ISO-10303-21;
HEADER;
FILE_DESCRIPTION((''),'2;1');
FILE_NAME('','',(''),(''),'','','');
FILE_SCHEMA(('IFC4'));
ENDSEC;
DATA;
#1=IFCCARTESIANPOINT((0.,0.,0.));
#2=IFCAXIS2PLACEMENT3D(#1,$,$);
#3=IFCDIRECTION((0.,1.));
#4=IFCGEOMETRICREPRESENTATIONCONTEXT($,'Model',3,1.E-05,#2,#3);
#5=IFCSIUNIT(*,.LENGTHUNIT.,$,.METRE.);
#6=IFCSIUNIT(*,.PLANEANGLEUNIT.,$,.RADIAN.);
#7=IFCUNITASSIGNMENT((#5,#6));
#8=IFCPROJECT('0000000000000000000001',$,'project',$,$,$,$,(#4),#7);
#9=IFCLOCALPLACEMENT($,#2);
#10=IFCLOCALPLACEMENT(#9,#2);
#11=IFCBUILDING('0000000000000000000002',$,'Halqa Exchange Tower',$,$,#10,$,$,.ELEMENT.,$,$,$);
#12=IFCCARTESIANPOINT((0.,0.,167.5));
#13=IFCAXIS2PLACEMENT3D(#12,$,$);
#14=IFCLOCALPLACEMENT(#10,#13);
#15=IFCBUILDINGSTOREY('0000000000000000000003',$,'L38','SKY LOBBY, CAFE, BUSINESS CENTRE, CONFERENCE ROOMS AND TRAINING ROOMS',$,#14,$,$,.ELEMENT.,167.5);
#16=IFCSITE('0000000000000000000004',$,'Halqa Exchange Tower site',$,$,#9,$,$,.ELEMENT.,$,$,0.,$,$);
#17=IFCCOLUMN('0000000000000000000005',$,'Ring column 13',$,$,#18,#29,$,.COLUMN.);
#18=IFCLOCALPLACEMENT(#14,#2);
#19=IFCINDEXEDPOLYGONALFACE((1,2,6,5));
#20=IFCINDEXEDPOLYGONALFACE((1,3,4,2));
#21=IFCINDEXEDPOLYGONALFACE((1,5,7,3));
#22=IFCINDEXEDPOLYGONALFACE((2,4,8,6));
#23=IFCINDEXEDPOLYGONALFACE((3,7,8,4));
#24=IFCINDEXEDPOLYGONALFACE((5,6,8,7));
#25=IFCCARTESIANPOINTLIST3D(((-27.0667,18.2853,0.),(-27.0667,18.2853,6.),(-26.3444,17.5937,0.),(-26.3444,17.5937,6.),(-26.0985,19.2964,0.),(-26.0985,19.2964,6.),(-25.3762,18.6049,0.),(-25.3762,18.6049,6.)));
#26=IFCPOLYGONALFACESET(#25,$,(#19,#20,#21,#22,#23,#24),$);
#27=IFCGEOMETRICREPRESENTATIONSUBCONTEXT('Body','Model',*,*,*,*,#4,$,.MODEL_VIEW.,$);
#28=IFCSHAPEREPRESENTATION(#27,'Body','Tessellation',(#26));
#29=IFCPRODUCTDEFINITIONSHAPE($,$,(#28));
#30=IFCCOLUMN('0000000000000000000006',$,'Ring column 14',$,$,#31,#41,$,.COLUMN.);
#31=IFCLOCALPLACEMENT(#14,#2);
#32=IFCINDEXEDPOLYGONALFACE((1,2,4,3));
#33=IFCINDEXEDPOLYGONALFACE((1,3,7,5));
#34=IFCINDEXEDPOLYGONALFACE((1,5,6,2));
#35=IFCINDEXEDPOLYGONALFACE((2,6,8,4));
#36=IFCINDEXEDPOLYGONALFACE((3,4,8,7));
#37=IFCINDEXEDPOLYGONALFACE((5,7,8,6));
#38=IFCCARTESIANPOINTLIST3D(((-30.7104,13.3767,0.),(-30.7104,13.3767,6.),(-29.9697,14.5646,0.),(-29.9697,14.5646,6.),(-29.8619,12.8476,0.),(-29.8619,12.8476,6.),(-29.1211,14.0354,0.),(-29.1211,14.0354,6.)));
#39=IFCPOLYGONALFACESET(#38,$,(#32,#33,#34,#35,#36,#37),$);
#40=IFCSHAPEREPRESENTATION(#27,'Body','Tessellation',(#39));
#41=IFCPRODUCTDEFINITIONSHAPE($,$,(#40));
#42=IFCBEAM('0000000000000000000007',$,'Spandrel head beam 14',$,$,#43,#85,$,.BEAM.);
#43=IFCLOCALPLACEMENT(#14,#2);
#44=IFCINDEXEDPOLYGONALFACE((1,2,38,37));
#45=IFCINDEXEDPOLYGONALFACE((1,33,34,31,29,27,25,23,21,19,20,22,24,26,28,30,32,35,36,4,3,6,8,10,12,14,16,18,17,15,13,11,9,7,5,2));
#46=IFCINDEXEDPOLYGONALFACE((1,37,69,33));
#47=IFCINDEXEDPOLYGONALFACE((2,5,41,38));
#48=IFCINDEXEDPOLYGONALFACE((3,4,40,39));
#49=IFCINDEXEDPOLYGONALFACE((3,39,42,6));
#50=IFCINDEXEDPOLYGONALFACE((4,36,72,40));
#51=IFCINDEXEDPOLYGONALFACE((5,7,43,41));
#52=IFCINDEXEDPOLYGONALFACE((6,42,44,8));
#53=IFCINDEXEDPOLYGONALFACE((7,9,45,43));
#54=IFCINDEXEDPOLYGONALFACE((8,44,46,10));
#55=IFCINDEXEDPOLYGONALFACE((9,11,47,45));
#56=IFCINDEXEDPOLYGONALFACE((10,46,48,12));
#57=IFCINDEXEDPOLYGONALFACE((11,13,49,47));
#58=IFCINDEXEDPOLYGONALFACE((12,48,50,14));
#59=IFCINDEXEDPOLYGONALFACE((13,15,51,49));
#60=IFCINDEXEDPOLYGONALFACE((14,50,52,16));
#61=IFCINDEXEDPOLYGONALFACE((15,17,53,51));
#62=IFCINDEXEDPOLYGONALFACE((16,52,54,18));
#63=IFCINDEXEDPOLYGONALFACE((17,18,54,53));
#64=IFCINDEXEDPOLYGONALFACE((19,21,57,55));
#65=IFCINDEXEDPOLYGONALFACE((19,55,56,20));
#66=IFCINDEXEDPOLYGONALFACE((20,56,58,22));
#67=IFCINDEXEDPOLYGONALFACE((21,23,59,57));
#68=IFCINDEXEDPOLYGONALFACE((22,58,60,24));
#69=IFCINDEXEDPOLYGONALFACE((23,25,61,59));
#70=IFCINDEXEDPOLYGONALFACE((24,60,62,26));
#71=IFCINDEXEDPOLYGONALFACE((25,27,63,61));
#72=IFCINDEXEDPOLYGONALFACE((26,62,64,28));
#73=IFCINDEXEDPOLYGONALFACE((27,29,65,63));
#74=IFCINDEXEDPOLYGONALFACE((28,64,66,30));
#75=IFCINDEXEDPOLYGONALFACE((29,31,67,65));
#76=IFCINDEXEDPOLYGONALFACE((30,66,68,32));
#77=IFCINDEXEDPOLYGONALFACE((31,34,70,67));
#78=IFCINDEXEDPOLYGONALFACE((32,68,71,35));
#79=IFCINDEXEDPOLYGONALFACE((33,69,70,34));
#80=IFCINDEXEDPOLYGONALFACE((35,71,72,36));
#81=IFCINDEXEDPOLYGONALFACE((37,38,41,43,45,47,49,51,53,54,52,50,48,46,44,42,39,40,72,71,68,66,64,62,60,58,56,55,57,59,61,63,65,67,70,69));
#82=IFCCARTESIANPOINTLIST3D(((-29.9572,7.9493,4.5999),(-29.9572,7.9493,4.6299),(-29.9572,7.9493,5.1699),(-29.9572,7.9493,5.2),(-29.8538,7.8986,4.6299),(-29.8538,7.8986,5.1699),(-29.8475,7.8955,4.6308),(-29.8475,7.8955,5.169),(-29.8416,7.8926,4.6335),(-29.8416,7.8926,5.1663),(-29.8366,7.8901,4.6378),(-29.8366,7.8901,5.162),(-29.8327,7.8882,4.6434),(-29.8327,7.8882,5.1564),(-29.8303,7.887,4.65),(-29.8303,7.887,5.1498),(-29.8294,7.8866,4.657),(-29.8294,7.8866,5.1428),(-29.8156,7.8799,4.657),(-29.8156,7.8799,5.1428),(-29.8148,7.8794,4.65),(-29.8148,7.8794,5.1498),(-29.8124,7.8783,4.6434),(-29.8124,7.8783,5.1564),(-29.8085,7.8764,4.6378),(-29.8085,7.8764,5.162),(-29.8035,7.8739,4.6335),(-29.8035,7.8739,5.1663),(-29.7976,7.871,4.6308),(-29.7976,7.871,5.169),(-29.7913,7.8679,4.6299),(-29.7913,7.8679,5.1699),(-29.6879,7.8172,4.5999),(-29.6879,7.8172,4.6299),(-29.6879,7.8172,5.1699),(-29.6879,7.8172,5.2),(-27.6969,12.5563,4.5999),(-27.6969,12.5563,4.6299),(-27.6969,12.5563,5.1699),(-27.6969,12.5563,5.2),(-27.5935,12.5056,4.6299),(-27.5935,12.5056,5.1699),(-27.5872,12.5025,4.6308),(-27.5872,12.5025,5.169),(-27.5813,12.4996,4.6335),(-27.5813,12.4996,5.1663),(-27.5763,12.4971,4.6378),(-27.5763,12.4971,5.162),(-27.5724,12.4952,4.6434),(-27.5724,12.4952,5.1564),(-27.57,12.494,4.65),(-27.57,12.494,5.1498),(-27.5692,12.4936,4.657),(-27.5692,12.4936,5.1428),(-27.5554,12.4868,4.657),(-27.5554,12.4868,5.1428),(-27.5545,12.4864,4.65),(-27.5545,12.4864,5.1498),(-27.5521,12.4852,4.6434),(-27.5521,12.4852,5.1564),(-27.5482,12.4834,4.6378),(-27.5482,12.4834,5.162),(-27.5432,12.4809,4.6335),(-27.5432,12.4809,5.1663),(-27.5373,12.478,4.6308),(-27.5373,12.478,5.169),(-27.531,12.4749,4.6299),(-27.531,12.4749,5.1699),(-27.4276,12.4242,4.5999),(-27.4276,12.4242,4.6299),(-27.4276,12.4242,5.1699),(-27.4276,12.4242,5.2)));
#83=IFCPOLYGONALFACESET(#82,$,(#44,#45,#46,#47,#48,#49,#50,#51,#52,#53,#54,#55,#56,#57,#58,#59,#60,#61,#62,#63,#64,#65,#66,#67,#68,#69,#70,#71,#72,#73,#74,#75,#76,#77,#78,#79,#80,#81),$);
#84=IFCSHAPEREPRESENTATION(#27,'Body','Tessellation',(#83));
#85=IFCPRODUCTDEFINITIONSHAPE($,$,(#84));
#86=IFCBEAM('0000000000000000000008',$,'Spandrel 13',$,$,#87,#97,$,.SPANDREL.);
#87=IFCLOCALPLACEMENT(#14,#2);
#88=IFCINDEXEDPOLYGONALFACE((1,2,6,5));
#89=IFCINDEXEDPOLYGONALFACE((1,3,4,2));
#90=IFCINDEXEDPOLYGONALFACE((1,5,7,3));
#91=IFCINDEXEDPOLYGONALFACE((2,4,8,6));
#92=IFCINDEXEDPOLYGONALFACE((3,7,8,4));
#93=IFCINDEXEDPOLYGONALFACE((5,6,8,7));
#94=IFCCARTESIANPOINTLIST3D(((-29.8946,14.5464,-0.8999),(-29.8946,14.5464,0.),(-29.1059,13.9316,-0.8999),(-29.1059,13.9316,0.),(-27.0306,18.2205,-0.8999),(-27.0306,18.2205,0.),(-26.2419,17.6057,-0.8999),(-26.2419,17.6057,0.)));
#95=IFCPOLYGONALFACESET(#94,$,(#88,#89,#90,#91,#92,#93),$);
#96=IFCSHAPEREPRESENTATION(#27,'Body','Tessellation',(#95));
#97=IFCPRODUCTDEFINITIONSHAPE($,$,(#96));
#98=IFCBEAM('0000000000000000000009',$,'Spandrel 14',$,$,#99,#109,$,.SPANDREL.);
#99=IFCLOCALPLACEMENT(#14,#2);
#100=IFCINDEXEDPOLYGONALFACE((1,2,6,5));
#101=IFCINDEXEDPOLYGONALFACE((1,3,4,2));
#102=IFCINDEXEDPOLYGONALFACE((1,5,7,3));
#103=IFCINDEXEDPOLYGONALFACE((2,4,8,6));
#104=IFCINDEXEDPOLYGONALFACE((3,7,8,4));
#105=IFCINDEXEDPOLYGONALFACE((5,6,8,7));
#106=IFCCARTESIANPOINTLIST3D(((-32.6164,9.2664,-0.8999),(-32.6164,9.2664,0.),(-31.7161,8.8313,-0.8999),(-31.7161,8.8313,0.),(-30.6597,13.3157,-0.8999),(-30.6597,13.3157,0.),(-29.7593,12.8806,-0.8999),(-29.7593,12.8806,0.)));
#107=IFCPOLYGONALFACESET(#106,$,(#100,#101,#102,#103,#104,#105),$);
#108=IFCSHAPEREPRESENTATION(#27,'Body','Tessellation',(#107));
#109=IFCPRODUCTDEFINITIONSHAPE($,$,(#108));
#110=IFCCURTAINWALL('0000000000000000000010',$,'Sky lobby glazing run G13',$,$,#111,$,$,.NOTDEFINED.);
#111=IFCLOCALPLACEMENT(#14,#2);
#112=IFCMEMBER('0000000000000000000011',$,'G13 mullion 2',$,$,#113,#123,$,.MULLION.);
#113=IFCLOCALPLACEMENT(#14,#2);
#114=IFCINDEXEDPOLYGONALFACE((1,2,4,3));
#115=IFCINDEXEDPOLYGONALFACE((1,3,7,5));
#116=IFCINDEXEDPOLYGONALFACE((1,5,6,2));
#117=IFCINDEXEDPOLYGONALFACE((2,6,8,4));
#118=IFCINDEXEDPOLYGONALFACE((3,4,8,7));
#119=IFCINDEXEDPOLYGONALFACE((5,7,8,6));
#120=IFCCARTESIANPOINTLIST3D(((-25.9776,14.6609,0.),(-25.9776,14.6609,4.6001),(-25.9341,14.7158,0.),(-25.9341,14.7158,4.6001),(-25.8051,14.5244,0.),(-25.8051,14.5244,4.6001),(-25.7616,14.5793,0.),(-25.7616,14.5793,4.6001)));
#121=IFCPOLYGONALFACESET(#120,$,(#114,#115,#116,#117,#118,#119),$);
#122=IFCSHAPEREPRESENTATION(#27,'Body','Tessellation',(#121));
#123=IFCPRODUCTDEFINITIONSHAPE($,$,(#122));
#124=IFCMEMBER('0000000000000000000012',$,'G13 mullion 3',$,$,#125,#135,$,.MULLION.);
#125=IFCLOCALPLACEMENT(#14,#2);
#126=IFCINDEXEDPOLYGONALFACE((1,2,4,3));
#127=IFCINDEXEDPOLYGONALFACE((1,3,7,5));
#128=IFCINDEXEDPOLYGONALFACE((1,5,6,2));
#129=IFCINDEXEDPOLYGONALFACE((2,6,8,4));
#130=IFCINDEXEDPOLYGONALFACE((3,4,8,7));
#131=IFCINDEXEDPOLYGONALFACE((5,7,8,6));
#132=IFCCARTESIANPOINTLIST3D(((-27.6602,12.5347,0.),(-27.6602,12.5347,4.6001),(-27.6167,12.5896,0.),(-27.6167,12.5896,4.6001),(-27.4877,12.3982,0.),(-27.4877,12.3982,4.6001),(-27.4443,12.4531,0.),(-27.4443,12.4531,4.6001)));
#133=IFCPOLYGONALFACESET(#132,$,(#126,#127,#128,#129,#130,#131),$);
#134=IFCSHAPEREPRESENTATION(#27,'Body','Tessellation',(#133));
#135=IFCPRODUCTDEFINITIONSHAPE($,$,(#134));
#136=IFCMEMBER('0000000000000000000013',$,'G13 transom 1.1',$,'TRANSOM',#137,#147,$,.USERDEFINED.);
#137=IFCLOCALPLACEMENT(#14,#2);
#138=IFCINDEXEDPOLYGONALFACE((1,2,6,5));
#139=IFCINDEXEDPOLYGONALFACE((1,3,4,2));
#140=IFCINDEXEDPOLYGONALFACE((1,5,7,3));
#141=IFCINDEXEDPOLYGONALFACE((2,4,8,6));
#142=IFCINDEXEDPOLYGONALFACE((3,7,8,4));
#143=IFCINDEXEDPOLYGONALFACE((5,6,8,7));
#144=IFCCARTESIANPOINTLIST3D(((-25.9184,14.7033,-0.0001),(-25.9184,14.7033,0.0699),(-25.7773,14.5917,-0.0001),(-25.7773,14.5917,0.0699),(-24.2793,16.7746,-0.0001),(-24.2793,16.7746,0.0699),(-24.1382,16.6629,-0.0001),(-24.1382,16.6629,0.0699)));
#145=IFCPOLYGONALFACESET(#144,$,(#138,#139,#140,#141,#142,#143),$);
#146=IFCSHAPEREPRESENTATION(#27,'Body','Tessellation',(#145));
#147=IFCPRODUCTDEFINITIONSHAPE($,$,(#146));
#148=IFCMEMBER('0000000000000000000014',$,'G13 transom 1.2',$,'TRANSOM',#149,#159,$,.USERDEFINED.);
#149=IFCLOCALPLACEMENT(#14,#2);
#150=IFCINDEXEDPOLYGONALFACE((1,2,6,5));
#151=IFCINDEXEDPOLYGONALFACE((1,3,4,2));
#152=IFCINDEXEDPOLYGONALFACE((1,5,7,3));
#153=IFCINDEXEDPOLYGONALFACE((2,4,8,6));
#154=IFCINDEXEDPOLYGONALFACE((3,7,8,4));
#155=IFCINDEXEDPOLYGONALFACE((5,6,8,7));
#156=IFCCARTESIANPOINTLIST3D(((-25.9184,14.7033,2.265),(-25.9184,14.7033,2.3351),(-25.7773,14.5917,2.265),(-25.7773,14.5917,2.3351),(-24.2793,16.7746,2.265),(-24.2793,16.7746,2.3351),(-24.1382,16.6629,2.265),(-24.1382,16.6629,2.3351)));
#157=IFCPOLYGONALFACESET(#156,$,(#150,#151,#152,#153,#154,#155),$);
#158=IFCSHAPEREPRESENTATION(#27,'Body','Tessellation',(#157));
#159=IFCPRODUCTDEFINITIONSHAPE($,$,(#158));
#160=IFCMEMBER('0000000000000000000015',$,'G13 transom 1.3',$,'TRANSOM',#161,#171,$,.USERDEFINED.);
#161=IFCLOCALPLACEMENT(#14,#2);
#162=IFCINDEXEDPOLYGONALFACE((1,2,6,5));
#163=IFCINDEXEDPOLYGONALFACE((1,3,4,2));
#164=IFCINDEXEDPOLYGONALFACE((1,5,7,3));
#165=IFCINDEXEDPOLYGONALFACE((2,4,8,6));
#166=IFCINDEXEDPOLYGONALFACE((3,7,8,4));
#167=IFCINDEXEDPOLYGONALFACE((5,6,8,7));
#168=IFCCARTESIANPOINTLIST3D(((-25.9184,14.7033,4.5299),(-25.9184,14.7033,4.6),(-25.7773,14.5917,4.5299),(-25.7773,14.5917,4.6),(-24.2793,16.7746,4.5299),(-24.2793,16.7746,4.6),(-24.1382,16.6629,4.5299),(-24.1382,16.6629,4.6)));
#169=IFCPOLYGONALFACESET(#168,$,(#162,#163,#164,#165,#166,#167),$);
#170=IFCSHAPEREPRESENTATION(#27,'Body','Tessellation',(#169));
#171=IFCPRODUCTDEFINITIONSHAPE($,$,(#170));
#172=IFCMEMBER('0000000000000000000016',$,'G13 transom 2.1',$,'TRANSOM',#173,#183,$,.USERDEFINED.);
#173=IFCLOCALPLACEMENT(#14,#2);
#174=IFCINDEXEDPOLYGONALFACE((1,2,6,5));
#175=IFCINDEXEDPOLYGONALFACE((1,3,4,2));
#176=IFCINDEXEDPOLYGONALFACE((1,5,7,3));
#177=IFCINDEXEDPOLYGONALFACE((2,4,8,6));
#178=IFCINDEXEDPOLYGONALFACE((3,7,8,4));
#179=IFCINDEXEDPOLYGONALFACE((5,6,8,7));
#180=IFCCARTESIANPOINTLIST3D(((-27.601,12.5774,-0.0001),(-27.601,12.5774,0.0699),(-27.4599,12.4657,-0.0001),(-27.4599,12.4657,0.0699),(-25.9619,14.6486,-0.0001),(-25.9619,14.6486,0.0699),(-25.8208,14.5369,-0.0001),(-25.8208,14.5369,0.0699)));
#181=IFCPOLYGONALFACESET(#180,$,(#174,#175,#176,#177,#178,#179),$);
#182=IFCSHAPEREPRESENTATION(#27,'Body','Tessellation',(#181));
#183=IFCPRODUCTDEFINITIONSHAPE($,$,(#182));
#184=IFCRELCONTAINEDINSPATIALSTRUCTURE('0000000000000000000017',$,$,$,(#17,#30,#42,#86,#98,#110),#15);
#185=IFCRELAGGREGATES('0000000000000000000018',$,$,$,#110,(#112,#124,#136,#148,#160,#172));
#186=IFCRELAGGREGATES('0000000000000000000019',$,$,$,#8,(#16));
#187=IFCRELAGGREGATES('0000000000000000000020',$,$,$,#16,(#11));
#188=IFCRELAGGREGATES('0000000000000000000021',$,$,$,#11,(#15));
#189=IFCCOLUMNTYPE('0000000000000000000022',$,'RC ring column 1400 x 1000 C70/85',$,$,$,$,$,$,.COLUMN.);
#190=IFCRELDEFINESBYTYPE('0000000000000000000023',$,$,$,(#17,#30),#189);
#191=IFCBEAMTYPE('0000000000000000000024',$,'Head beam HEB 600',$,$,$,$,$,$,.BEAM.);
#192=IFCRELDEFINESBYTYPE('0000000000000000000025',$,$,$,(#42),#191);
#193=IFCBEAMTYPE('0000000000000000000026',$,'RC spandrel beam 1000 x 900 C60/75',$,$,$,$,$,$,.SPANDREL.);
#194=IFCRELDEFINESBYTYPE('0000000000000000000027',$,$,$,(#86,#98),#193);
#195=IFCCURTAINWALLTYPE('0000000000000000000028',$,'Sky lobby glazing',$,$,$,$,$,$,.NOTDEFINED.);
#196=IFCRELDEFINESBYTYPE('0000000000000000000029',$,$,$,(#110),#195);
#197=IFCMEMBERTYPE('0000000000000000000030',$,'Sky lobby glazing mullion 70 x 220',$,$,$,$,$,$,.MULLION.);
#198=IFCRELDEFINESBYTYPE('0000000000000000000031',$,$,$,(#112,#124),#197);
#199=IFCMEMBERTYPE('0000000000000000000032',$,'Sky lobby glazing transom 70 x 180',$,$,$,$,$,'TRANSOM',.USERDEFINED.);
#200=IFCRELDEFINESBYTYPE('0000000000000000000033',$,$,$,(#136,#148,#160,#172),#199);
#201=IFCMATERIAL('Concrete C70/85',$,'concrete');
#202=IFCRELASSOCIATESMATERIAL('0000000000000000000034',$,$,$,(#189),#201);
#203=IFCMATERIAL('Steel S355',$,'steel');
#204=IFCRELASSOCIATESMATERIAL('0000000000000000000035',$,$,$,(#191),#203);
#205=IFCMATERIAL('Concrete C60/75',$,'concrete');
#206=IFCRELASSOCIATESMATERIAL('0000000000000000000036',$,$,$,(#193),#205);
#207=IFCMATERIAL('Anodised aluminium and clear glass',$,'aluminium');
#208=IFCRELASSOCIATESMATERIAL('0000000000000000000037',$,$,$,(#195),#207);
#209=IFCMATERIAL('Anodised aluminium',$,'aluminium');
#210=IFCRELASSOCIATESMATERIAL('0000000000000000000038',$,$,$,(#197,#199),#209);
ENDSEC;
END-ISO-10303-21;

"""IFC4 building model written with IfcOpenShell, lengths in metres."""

from ifc_helpers import new_model, si_unit, direction, frame, origin, origin_2d, place, context, subcontext, project, spatial, rectangle, i_section, extrude, material, material_profile, profile_set, type_object, element, aggregate, save


model = new_model("IFC4")

# Units and contexts
model_context = context("Model", 3, precision=1e-05, world=origin(), true_north=direction((0.0, 1.0)))
body_context = subcontext(model_context, "Body", "Model", "MODEL_VIEW")
ifc_project = project(units=[si_unit("LENGTHUNIT", "METRE"), si_unit("PLANEANGLEUNIT", "RADIAN")], contexts=[model_context])

# Site, building, storey
site_placement = place(None, origin())
site = spatial("IfcSite", under=ifc_project, at=site_placement, Name="Halqa Exchange Tower site", CompositionType="ELEMENT", RefElevation=0.0)
building_placement = place(site_placement, origin())
building = spatial("IfcBuilding", under=site, at=building_placement, Name="Halqa Exchange Tower", CompositionType="ELEMENT")
storey_placement = place(building_placement, frame((0.0, 0.0, 167.5)))
storey = spatial("IfcBuildingStorey", under=building, at=storey_placement, Name="L38", Description="SKY LOBBY, CAFE, BUSINESS CENTRE, CONFERENCE ROOMS AND TRAINING ROOMS", CompositionType="ELEMENT", Elevation=167.5)

# Columns
ifc_material_1 = material(Name="Concrete C70/85", Category="concrete")
ifc_material_profile_1 = material_profile(ifc_material_1, rectangle(XDim=1.3999, YDim=1.0, at=origin_2d()), Name="1400 x 1000")
ifc_profile_set_1 = profile_set([ifc_material_profile_1], Name="Concrete C70/85")
column_type = type_object("IfcColumnType", Name="RC ring column 1400 x 1000 C70/85", PredefinedType="COLUMN", material=ifc_profile_set_1)
for number, where, z_axis, x_axis, name in (
    (1, (-26.2214, 18.4451, 0.0), (0.0, 0.0, 1.0), (-0.691579, -0.722301, 0.0), "Ring column 13"),
    (2, (-29.9158, 13.7061, 0.0), (0.0, 0.0, 1.0), (-0.529143, -0.848532, 0.0), "Ring column 14"),
):
    element("IfcColumn", number, at=place(storey_placement, frame(where, z_axis=z_axis, x_axis=x_axis)), inside=storey, type_object=column_type, Name=name, PredefinedType="COLUMN", context=body_context, shape_type="SweptSolid", body=[
        extrude(rectangle(XDim=1.3999, YDim=1.0, at=origin_2d()), origin(), (0.0, 0.0, 1.0), 6.0),
    ])

# Beams
ifc_material_2 = material(Name="Steel S355", Category="steel")
ifc_material_profile_2 = material_profile(ifc_material_2, i_section(OverallWidth=0.3, OverallDepth=0.6001, WebThickness=0.0154, FlangeThickness=0.03, FilletRadius=0.0271, at=origin_2d()), Name="HEB 600")
ifc_profile_set_2 = profile_set([ifc_material_profile_2], Name="Steel S355")
beam_type_1 = type_object("IfcBeamType", Name="Head beam HEB 600", PredefinedType="BEAM", material=ifc_profile_set_2)
beam_1_placement = place(storey_placement, frame((-27.5623, 12.4902, 4.8999), z_axis=(-0.440464, -0.89777, 0.0), x_axis=(0.89777, -0.440464, 0.0)))
element("IfcBeam", 3, at=beam_1_placement, inside=storey, type_object=beam_type_1, Name="Spandrel head beam 14", PredefinedType="BEAM", context=body_context, shape_type="SweptSolid", body=[
    extrude(i_section(OverallWidth=0.3, OverallDepth=0.6001, WebThickness=0.0154, FlangeThickness=0.03, FilletRadius=0.0271, at=origin_2d()), origin(), (0.0, 0.0, 1.0), 5.1316),
])
ifc_material_3 = material(Name="Concrete C60/75", Category="concrete")
ifc_material_profile_3 = material_profile(ifc_material_3, rectangle(XDim=1.0, YDim=0.8999, at=origin_2d()), Name="1000 x 900")
ifc_profile_set_3 = profile_set([ifc_material_profile_3], Name="Concrete C60/75")
beam_type_2 = type_object("IfcBeamType", Name="RC spandrel beam 1000 x 900 C60/75", PredefinedType="SPANDREL", material=ifc_profile_set_3)
beam_2_placement = place(storey_placement, frame((-26.6362, 17.9131, -0.45), z_axis=(-0.614797, -0.788686, 0.0), x_axis=(0.788686, -0.614797, 0.0)))
element("IfcBeam", 4, at=beam_2_placement, inside=storey, type_object=beam_type_2, Name="Spandrel 13", PredefinedType="SPANDREL", context=body_context, shape_type="SweptSolid", body=[
    extrude(rectangle(XDim=1.0, YDim=0.8999, at=origin_2d()), origin(), (0.0, 0.0, 1.0), 4.6584),
])
beam_3_placement = place(storey_placement, frame((-30.2095, 13.0981, -0.45), z_axis=(-0.4351, -0.900382, 0.0), x_axis=(0.900382, -0.4351, 0.0)))
element("IfcBeam", 5, at=beam_3_placement, inside=storey, type_object=beam_type_2, Name="Spandrel 14", PredefinedType="SPANDREL", context=body_context, shape_type="SweptSolid", body=[
    extrude(rectangle(XDim=1.0, YDim=0.8999, at=origin_2d()), origin(), (0.0, 0.0, 1.0), 4.4973),
])

# Curtain wall, members
ifc_material_4 = material(Name="Anodised aluminium and clear glass", Category="aluminium")
curtain_wall_type = type_object("IfcCurtainWallType", Name="Sky lobby glazing", PredefinedType="NOTDEFINED", material=ifc_material_4)
curtain_wall_placement = place(storey_placement, origin())
curtain_wall = element("IfcCurtainWall", 6, at=curtain_wall_placement, inside=storey, type_object=curtain_wall_type, Name="Sky lobby glazing run G13", PredefinedType="NOTDEFINED")
ifc_material_5 = material(Name="Anodised aluminium", Category="aluminium")
ifc_material_profile_4 = material_profile(ifc_material_5, rectangle(XDim=0.22, YDim=0.0701, at=origin_2d()), Name="AL 70x220")
ifc_profile_set_4 = profile_set([ifc_material_profile_4], Name="Anodised aluminium")
member_type_1 = type_object("IfcMemberType", Name="Sky lobby glazing mullion 70 x 220", PredefinedType="MULLION", material=ifc_profile_set_4)
member_1_placement = place(storey_placement, frame((-25.8696, 14.6201, 0.0), z_axis=(0.0, 0.0, 1.0), x_axis=(0.78414, -0.620584, 0.0)))
member_1 = element("IfcMember", 7, at=member_1_placement, type_object=member_type_1, Name="G13 mullion 2", PredefinedType="MULLION", context=body_context, shape_type="SweptSolid", body=[
    extrude(rectangle(XDim=0.22, YDim=0.0701, at=origin_2d()), origin(), (0.0, 0.0, 1.0), 4.6001),
])
member_2_placement = place(storey_placement, frame((-27.5522, 12.4939, 0.0), z_axis=(0.0, 0.0, 1.0), x_axis=(0.78414, -0.620584, 0.0)))
member_2 = element("IfcMember", 8, at=member_2_placement, type_object=member_type_1, Name="G13 mullion 3", PredefinedType="MULLION", context=body_context, shape_type="SweptSolid", body=[
    extrude(rectangle(XDim=0.22, YDim=0.0701, at=origin_2d()), origin(), (0.0, 0.0, 1.0), 4.6001),
])
ifc_material_profile_5 = material_profile(ifc_material_5, rectangle(XDim=0.1799, YDim=0.0701, at=origin_2d()), Name="AL 70x180")
ifc_profile_set_5 = profile_set([ifc_material_profile_5], Name="Anodised aluminium")
member_type_2 = type_object("IfcMemberType", Name="Sky lobby glazing transom 70 x 180", ElementType="TRANSOM", PredefinedType="USERDEFINED", material=ifc_profile_set_5)
member_3_placement = place(storey_placement, frame((-24.2087, 16.7188, 0.0349), z_axis=(-0.620561, -0.784158, 0.0), x_axis=(0.784158, -0.620561, 0.0)))
member_3 = element("IfcMember", 9, at=member_3_placement, type_object=member_type_2, Name="G13 transom 1.1", ObjectType="TRANSOM", PredefinedType="USERDEFINED", context=body_context, shape_type="SweptSolid", body=[
    extrude(rectangle(XDim=0.1799, YDim=0.0701, at=origin_2d()), origin(), (0.0, 0.0, 1.0), 2.6414),
])
member_4_placement = place(storey_placement, frame((-24.2087, 16.7188, 2.3), z_axis=(-0.620561, -0.784158, 0.0), x_axis=(0.784158, -0.620561, 0.0)))
member_4 = element("IfcMember", 10, at=member_4_placement, type_object=member_type_2, Name="G13 transom 1.2", ObjectType="TRANSOM", PredefinedType="USERDEFINED", context=body_context, shape_type="SweptSolid", body=[
    extrude(rectangle(XDim=0.1799, YDim=0.0701, at=origin_2d()), origin(), (0.0, 0.0, 1.0), 2.6414),
])
member_5_placement = place(storey_placement, frame((-24.2087, 16.7188, 4.5649), z_axis=(-0.620561, -0.784158, 0.0), x_axis=(0.784158, -0.620561, 0.0)))
member_5 = element("IfcMember", 11, at=member_5_placement, type_object=member_type_2, Name="G13 transom 1.3", ObjectType="TRANSOM", PredefinedType="USERDEFINED", context=body_context, shape_type="SweptSolid", body=[
    extrude(rectangle(XDim=0.1799, YDim=0.0701, at=origin_2d()), origin(), (0.0, 0.0, 1.0), 2.6414),
])
member_6_placement = place(storey_placement, frame((-25.8914, 14.5928, 0.0349), z_axis=(-0.620561, -0.784158, 0.0), x_axis=(0.784158, -0.620561, 0.0)))
member_6 = element("IfcMember", 12, at=member_6_placement, type_object=member_type_2, Name="G13 transom 2.1", ObjectType="TRANSOM", PredefinedType="USERDEFINED", context=body_context, shape_type="SweptSolid", body=[
    extrude(rectangle(XDim=0.1799, YDim=0.0701, at=origin_2d()), origin(), (0.0, 0.0, 1.0), 2.6414),
])
aggregate(curtain_wall, [member_1, member_2, member_3, member_4, member_5, member_6])

save(model, "model.ifc")
